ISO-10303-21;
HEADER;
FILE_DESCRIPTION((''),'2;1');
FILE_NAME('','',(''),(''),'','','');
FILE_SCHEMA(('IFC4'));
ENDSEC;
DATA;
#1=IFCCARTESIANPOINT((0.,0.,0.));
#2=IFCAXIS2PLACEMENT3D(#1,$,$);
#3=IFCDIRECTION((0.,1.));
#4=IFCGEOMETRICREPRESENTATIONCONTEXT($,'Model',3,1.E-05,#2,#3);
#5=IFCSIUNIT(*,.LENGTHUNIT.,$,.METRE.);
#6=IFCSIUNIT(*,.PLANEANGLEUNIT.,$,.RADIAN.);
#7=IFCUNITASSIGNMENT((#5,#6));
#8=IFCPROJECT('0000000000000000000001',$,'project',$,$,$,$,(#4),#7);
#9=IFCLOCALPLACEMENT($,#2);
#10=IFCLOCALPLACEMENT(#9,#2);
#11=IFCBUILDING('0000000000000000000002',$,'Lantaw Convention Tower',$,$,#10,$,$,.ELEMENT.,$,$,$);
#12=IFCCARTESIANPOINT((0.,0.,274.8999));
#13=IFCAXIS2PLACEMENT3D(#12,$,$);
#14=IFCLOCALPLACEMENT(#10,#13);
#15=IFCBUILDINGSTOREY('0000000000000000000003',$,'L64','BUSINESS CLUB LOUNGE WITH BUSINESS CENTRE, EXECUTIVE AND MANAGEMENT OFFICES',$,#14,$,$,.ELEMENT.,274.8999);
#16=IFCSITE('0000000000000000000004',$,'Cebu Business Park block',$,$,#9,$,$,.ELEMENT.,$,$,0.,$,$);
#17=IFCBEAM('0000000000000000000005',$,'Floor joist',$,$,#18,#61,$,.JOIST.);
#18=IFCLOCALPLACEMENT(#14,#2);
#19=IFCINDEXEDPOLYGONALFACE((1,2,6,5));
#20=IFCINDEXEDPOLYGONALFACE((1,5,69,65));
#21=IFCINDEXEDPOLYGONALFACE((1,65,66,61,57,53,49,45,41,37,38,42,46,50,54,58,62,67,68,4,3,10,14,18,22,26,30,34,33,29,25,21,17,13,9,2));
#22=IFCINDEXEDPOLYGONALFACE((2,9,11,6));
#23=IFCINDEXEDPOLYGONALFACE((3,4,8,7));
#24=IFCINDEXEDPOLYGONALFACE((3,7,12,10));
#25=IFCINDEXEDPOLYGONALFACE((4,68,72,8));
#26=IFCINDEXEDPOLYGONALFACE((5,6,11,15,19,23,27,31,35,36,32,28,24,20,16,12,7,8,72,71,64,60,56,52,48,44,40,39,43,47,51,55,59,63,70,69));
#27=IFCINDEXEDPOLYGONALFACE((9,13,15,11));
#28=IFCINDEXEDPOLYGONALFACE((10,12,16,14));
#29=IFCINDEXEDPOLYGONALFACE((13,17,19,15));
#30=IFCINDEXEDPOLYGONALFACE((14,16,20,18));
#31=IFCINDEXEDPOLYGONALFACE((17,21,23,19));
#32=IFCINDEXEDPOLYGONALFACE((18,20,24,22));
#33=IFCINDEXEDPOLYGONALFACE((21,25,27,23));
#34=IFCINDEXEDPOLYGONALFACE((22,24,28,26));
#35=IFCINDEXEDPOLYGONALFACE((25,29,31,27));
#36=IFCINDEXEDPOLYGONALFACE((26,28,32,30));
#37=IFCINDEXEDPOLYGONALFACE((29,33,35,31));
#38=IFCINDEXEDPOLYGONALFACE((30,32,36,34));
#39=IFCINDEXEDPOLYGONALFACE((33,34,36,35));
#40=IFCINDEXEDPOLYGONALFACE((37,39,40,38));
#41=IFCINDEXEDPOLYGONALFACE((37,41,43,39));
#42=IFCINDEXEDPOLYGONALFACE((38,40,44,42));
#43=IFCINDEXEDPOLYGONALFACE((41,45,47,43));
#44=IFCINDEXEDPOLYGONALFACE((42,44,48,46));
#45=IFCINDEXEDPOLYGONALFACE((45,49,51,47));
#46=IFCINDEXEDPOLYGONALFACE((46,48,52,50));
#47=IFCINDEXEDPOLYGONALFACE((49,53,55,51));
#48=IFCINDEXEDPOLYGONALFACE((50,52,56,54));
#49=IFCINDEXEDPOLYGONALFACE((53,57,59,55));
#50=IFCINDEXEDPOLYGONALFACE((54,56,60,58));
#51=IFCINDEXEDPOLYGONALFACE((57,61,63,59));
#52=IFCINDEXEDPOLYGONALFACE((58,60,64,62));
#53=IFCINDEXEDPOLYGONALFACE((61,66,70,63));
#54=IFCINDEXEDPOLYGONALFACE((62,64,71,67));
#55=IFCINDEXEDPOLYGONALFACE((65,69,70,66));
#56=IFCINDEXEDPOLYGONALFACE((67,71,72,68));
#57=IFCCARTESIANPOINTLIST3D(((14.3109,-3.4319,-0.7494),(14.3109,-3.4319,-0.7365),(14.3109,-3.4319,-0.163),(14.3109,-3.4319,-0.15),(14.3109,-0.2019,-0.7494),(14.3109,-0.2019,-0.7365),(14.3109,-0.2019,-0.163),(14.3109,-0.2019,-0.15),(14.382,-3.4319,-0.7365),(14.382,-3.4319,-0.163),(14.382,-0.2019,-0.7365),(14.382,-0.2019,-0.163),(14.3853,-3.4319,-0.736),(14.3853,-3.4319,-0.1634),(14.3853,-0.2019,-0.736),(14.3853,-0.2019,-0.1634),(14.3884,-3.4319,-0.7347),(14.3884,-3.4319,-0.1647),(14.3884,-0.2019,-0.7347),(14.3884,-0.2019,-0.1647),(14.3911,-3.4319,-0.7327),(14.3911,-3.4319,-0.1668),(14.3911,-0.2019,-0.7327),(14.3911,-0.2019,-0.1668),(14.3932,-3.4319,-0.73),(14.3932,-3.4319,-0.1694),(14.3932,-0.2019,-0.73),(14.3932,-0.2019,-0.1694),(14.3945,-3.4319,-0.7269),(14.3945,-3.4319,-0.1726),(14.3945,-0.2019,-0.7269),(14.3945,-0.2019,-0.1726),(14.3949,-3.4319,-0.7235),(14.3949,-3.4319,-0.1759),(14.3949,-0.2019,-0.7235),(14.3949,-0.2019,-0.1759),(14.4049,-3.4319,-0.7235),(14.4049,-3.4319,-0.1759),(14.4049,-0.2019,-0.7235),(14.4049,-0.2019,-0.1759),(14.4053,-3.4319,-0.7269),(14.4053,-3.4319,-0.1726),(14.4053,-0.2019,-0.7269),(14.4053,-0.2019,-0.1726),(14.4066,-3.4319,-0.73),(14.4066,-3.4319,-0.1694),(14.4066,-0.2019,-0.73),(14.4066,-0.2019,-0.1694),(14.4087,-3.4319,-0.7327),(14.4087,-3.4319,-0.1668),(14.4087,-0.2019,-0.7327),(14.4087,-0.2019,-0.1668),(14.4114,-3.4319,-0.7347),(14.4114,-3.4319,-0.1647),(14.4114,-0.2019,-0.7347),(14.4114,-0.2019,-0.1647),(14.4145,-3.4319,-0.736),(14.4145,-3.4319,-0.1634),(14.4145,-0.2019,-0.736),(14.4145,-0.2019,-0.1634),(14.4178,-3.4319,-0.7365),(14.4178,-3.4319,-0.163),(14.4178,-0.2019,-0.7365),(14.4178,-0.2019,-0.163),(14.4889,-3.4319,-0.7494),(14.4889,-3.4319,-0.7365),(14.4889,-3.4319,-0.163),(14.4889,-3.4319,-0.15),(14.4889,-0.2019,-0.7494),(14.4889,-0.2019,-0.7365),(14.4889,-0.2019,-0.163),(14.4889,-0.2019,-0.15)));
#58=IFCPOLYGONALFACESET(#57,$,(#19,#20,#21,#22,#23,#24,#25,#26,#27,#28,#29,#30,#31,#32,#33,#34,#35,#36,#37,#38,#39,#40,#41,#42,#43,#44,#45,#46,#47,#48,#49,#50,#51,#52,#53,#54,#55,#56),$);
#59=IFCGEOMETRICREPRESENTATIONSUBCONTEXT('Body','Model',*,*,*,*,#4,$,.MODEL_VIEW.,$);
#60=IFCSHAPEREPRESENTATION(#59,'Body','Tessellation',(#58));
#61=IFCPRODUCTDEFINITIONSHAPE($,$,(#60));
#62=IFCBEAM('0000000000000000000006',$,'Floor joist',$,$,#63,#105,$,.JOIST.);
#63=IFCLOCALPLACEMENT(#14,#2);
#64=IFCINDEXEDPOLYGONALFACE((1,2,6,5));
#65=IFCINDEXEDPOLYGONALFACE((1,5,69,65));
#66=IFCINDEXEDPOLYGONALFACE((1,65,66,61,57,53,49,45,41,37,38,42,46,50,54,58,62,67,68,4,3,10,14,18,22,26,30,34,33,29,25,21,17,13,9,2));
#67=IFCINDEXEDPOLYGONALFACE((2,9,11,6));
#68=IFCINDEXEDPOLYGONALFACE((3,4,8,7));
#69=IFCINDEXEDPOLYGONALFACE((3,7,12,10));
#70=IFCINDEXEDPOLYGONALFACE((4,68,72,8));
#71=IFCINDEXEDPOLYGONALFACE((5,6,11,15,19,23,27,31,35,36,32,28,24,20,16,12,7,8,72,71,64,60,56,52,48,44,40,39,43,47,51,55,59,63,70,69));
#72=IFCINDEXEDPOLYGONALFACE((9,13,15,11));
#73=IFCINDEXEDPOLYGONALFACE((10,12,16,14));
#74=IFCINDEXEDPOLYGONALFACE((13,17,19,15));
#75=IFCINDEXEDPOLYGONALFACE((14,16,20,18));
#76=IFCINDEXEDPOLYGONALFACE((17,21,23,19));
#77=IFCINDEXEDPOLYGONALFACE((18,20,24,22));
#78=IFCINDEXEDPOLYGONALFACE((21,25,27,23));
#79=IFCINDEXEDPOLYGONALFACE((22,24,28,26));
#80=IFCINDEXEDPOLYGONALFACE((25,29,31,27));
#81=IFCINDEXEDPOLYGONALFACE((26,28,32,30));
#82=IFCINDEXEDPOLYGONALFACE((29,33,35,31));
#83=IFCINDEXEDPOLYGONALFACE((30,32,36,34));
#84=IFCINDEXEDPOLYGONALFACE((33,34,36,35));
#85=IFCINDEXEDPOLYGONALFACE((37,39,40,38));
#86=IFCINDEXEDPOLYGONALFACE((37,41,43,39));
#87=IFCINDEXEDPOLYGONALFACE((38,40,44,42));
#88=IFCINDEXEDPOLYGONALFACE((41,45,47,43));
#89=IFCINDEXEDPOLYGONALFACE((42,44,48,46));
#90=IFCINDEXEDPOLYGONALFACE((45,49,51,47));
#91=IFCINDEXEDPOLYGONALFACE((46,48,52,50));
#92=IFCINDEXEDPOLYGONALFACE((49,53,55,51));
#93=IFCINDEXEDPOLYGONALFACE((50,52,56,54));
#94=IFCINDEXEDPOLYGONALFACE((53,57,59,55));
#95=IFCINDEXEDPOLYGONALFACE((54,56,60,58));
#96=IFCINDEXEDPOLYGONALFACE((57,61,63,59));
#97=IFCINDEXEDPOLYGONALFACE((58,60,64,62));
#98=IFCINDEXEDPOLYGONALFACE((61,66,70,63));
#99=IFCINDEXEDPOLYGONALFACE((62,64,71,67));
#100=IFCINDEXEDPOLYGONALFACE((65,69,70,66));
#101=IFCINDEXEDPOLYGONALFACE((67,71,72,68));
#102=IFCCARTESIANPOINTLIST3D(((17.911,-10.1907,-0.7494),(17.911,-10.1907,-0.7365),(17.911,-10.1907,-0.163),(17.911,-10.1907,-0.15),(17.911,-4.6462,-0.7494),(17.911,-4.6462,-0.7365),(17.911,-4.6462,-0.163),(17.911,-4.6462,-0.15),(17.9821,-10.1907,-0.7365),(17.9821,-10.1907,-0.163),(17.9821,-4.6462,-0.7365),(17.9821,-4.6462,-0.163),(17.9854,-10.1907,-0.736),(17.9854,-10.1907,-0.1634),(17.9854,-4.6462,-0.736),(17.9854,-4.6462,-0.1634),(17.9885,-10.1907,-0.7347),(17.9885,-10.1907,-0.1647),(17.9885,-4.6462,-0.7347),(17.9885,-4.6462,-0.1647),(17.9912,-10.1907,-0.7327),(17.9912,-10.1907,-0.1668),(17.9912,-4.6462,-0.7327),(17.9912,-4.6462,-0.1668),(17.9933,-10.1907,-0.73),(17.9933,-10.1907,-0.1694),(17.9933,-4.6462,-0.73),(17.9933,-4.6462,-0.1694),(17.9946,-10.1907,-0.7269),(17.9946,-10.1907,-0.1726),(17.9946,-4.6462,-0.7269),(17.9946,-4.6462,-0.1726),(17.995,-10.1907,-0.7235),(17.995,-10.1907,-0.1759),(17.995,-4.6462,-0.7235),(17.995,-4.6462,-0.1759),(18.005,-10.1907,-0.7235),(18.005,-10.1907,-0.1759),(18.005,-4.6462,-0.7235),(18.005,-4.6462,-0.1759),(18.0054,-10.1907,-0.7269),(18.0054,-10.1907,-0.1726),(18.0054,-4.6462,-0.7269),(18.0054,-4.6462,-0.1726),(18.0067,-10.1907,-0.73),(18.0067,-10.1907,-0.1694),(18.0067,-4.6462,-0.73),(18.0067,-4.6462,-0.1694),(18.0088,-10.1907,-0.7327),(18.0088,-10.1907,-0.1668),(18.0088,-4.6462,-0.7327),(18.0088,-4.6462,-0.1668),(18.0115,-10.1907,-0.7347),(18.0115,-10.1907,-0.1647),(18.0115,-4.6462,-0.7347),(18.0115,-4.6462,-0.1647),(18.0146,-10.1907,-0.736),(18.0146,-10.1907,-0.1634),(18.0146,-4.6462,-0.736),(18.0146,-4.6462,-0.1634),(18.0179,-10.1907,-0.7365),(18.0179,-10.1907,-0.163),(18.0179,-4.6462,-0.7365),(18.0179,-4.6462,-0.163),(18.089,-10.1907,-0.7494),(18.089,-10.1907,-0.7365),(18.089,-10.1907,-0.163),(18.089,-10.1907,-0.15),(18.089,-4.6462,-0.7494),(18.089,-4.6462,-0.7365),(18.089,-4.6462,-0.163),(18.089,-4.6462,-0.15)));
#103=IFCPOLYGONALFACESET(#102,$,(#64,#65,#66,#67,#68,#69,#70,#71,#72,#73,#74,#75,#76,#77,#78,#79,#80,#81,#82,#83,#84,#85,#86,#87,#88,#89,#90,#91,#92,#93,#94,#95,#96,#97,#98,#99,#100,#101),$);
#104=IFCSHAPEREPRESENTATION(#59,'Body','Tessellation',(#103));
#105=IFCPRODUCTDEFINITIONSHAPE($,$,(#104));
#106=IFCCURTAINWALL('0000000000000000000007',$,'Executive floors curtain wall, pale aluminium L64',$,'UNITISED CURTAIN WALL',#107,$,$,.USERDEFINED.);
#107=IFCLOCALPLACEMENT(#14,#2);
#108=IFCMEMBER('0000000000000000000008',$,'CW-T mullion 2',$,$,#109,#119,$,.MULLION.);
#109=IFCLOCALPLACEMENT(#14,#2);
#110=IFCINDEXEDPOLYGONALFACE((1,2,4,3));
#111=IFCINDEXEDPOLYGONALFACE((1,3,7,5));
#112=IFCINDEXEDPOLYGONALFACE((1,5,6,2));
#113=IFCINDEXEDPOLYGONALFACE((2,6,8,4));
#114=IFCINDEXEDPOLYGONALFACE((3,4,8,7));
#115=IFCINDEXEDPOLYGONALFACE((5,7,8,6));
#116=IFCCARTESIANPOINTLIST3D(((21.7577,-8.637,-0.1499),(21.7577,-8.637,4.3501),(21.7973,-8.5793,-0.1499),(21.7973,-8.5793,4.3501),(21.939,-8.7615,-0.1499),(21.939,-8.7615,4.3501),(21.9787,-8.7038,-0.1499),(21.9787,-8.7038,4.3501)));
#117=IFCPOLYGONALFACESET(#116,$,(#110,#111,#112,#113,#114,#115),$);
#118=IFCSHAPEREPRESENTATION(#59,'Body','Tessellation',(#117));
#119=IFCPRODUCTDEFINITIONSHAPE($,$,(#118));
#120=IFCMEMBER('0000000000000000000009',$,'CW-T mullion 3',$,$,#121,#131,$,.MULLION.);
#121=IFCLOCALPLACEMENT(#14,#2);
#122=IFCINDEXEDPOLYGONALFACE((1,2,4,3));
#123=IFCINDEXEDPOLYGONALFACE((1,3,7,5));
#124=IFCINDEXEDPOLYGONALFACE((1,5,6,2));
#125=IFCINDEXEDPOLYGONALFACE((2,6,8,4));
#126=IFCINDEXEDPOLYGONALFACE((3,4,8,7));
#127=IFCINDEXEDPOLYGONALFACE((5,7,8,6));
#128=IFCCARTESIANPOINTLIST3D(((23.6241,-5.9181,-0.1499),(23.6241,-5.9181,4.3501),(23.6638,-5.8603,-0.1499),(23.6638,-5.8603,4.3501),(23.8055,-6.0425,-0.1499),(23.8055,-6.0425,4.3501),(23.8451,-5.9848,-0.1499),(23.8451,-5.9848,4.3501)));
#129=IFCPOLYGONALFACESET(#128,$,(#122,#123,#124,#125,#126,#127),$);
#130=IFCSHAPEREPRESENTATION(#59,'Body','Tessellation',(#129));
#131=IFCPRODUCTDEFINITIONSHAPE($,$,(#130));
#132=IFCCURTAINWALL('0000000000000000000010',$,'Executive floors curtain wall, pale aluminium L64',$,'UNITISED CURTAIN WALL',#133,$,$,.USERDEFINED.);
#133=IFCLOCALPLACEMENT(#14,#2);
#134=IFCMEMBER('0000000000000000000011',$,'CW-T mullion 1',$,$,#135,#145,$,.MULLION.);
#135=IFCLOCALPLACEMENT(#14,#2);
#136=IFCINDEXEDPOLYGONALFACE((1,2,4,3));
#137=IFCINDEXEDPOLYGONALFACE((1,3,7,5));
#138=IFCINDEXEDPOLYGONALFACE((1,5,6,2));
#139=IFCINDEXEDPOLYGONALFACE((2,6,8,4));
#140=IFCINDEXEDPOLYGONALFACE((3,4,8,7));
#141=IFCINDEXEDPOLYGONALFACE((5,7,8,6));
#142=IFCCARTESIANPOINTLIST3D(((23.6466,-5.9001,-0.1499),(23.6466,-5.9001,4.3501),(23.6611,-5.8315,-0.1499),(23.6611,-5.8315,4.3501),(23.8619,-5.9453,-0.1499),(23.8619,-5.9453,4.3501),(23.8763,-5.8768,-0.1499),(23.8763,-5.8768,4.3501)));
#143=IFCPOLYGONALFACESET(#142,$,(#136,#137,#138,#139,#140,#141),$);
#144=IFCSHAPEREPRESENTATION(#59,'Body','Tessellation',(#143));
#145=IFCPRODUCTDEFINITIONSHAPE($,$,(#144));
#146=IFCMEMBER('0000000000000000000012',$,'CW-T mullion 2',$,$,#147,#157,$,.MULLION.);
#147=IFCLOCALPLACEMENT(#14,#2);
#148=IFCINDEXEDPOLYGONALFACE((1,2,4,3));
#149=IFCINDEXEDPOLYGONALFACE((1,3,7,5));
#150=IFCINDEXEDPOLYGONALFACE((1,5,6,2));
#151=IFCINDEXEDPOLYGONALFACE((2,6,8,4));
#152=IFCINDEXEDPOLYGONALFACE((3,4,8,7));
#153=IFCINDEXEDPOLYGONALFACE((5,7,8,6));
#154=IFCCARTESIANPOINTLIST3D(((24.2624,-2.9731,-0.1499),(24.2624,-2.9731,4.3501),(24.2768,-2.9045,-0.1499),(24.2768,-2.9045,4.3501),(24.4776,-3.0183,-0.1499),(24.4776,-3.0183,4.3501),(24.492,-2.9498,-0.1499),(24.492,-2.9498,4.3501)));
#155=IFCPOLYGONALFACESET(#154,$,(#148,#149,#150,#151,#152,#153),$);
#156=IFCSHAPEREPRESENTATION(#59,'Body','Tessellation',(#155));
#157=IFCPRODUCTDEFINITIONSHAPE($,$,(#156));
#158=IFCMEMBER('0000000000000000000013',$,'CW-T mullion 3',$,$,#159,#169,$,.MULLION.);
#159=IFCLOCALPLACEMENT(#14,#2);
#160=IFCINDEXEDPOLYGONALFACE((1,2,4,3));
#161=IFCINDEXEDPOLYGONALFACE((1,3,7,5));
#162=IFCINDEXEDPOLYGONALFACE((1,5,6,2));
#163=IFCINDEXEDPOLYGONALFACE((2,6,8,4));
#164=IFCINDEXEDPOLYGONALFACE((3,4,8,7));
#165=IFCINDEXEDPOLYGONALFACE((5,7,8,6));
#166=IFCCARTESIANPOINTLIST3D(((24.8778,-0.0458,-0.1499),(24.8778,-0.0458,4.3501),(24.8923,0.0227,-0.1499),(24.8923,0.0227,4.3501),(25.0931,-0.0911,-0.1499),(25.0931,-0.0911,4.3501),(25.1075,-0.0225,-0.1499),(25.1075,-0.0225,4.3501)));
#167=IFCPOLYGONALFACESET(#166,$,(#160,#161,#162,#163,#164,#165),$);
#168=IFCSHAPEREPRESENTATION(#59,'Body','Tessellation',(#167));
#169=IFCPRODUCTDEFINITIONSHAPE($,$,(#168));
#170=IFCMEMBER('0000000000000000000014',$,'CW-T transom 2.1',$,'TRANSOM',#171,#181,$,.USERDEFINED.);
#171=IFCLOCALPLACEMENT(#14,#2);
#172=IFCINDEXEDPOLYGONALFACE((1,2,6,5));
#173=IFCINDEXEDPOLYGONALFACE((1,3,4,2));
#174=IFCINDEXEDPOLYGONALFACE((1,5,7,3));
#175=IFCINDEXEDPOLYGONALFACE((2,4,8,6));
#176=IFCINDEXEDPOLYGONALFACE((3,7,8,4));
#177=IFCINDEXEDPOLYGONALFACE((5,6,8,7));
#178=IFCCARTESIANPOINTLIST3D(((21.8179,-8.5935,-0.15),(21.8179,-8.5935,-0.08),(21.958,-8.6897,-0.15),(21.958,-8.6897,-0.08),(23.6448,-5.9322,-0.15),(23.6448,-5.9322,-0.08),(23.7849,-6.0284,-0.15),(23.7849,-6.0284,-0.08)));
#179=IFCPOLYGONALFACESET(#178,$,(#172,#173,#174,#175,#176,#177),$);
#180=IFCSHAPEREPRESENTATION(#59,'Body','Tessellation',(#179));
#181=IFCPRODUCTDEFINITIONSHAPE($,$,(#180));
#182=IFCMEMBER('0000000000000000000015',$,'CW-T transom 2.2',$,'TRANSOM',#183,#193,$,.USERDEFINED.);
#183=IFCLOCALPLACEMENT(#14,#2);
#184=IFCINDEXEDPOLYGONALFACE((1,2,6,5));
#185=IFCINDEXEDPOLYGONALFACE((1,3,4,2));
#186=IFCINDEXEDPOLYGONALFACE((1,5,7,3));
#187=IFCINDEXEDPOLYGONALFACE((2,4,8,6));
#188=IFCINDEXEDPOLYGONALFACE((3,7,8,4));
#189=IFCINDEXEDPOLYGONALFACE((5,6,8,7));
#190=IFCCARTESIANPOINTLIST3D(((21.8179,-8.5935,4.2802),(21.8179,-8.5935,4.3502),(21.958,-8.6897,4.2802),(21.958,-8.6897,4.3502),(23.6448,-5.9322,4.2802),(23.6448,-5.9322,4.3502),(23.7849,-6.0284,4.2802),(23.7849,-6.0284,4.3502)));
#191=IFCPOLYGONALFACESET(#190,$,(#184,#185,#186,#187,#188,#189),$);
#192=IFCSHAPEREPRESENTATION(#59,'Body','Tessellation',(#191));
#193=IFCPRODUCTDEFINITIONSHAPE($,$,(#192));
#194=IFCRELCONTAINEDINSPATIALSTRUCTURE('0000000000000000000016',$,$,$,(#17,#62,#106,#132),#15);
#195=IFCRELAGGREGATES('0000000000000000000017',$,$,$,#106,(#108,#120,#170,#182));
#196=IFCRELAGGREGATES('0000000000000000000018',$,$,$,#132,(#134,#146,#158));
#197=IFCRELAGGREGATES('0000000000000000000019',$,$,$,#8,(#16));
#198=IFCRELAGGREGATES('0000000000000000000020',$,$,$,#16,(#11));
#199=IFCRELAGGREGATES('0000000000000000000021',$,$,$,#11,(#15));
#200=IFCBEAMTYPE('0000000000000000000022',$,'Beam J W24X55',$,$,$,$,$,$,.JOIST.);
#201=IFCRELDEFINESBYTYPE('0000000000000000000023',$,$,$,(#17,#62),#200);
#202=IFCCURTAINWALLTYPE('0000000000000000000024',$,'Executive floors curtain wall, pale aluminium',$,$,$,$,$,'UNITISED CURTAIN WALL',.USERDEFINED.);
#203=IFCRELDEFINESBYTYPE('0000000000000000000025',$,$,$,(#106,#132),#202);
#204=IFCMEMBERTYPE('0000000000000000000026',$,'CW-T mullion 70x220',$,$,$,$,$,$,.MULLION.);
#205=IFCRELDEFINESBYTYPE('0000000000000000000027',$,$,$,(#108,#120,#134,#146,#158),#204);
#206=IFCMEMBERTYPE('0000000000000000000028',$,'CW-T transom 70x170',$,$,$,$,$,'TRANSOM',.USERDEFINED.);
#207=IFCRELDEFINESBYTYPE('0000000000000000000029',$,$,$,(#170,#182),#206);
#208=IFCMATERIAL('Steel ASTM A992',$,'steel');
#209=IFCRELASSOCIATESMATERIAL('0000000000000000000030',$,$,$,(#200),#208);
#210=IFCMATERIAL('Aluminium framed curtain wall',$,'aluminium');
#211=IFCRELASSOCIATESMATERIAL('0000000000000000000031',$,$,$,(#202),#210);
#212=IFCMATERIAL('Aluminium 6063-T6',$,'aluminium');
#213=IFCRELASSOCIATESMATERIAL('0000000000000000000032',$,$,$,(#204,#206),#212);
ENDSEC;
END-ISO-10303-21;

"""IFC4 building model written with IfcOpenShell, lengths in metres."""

from ifc_helpers import new_model, si_unit, direction, frame, origin, origin_2d, place, context, subcontext, project, spatial, rectangle, i_section, extrude, material, material_profile, profile_set, type_object, element, aggregate, save


model = new_model("IFC4")

# Units and contexts
model_context = context("Model", 3, precision=1e-05, world=origin(), true_north=direction((0.0, 1.0)))
body_context = subcontext(model_context, "Body", "Model", "MODEL_VIEW")
ifc_project = project(units=[si_unit("LENGTHUNIT", "METRE"), si_unit("PLANEANGLEUNIT", "RADIAN")], contexts=[model_context])

# Site, building, storey
site_placement = place(None, origin())
site = spatial("IfcSite", under=ifc_project, at=site_placement, Name="Cebu Business Park block", CompositionType="ELEMENT", RefElevation=0.0)
building_placement = place(site_placement, origin())
building = spatial("IfcBuilding", under=site, at=building_placement, Name="Lantaw Convention Tower", CompositionType="ELEMENT")
storey_placement = place(building_placement, frame((0.0, 0.0, 274.8999)))
storey = spatial("IfcBuildingStorey", under=building, at=storey_placement, Name="L64", Description="BUSINESS CLUB LOUNGE WITH BUSINESS CENTRE, EXECUTIVE AND MANAGEMENT OFFICES", CompositionType="ELEMENT", Elevation=274.8999)

# Beams
ifc_material_1 = material(Name="Steel ASTM A992", Category="steel")
ifc_material_profile_1 = material_profile(ifc_material_1, i_section(OverallWidth=0.178, OverallDepth=0.5994, WebThickness=0.01, FlangeThickness=0.0129, FilletRadius=0.0129, at=origin_2d()), Name="W24X55")
ifc_profile_set_1 = profile_set([ifc_material_profile_1], Name="Steel ASTM A992")
beam_type_1 = type_object("IfcBeamType", Name="Beam J W24X55", PredefinedType="JOIST", material=ifc_profile_set_1)
beam_1_placement = place(storey_placement, frame((14.3999, -3.4319, -0.4497), z_axis=(0.0, 1.0, 0.0), x_axis=(-1.0, 0.0, 0.0)))
element("IfcBeam", 1, at=beam_1_placement, inside=storey, type_object=beam_type_1, Name="Floor joist", PredefinedType="JOIST", context=body_context, shape_type="SweptSolid", body=[
    extrude(i_section(OverallWidth=0.178, OverallDepth=0.5994, WebThickness=0.01, FlangeThickness=0.0129, FilletRadius=0.0129, at=origin_2d()), origin(), (0.0, 0.0, 1.0), 3.23),
])
beam_2_placement = place(storey_placement, frame((18.0, -10.1907, -0.4497), z_axis=(0.0, 1.0, 0.0), x_axis=(-1.0, 0.0, 0.0)))
element("IfcBeam", 2, at=beam_2_placement, inside=storey, type_object=beam_type_1, Name="Floor joist", PredefinedType="JOIST", context=body_context, shape_type="SweptSolid", body=[
    extrude(i_section(OverallWidth=0.178, OverallDepth=0.5994, WebThickness=0.01, FlangeThickness=0.0129, FilletRadius=0.0129, at=origin_2d()), origin(), (0.0, 0.0, 1.0), 5.5444),
])

# Curtain walls, members
ifc_material_2 = material(Name="Aluminium framed curtain wall", Category="aluminium")
curtain_wall_type = type_object("IfcCurtainWallType", Name="Executive floors curtain wall, pale aluminium", ElementType="UNITISED CURTAIN WALL", PredefinedType="USERDEFINED", material=ifc_material_2)
curtain_wall_1_placement = place(storey_placement, origin())
curtain_wall_1 = element("IfcCurtainWall", 3, at=curtain_wall_1_placement, inside=storey, type_object=curtain_wall_type, Name="Executive floors curtain wall, pale aluminium L64", ObjectType="UNITISED CURTAIN WALL", PredefinedType="USERDEFINED")
ifc_material_3 = material(Name="Aluminium 6063-T6", Category="aluminium")
ifc_material_profile_2 = material_profile(ifc_material_3, rectangle(XDim=0.22, YDim=0.0701, at=origin_2d()), Name="CW-T mullion 70x220")
ifc_profile_set_2 = profile_set([ifc_material_profile_2], Name="Aluminium 6063-T6")
member_type_1 = type_object("IfcMemberType", Name="CW-T mullion 70x220", PredefinedType="MULLION", material=ifc_profile_set_2)
member_1_placement = place(storey_placement, frame((21.8682, -8.6704, -0.1499), z_axis=(0.0, 0.0, 1.0), x_axis=(-0.82445, 0.565935, 0.0)))
member_1 = element("IfcMember", 4, at=member_1_placement, type_object=member_type_1, Name="CW-T mullion 2", PredefinedType="MULLION", context=body_context, shape_type="SweptSolid", body=[
    extrude(rectangle(XDim=0.22, YDim=0.0701, at=origin_2d()), origin(), (0.0, 0.0, 1.0), 4.5),
])
member_2_placement = place(storey_placement, frame((23.7346, -5.9514, -0.1499), z_axis=(0.0, 0.0, 1.0), x_axis=(-0.82445, 0.565935, 0.0)))
member_2 = element("IfcMember", 5, at=member_2_placement, type_object=member_type_1, Name="CW-T mullion 3", PredefinedType="MULLION", context=body_context, shape_type="SweptSolid", body=[
    extrude(rectangle(XDim=0.22, YDim=0.0701, at=origin_2d()), origin(), (0.0, 0.0, 1.0), 4.5),
])
curtain_wall_2_placement = place(storey_placement, origin())
curtain_wall_2 = element("IfcCurtainWall", 6, at=curtain_wall_2_placement, inside=storey, type_object=curtain_wall_type, Name="Executive floors curtain wall, pale aluminium L64", ObjectType="UNITISED CURTAIN WALL", PredefinedType="USERDEFINED")
member_3_placement = place(storey_placement, frame((23.7615, -5.8884, -0.1499), z_axis=(0.0, 0.0, 1.0), x_axis=(-0.978591, 0.205814, 0.0)))
member_3 = element("IfcMember", 7, at=member_3_placement, type_object=member_type_1, Name="CW-T mullion 1", PredefinedType="MULLION", context=body_context, shape_type="SweptSolid", body=[
    extrude(rectangle(XDim=0.22, YDim=0.0701, at=origin_2d()), origin(), (0.0, 0.0, 1.0), 4.5),
])
member_4_placement = place(storey_placement, frame((24.3772, -2.9614, -0.1499), z_axis=(0.0, 0.0, 1.0), x_axis=(-0.978591, 0.205814, 0.0)))
member_4 = element("IfcMember", 8, at=member_4_placement, type_object=member_type_1, Name="CW-T mullion 2", PredefinedType="MULLION", context=body_context, shape_type="SweptSolid", body=[
    extrude(rectangle(XDim=0.22, YDim=0.0701, at=origin_2d()), origin(), (0.0, 0.0, 1.0), 4.5),
])
member_5_placement = place(storey_placement, frame((24.9927, -0.0342, -0.1499), z_axis=(0.0, 0.0, 1.0), x_axis=(-0.978591, 0.205814, 0.0)))
member_5 = element("IfcMember", 9, at=member_5_placement, type_object=member_type_1, Name="CW-T mullion 3", PredefinedType="MULLION", context=body_context, shape_type="SweptSolid", body=[
    extrude(rectangle(XDim=0.22, YDim=0.0701, at=origin_2d()), origin(), (0.0, 0.0, 1.0), 4.5),
])

# Members
ifc_material_profile_3 = material_profile(ifc_material_3, rectangle(XDim=0.1699, YDim=0.0701, at=origin_2d()), Name="CW-T transom 70x170")
ifc_profile_set_3 = profile_set([ifc_material_profile_3], Name="Aluminium 6063-T6")
member_type_2 = type_object("IfcMemberType", Name="CW-T transom 70x170", ElementType="TRANSOM", PredefinedType="USERDEFINED", material=ifc_profile_set_3)
member_6_placement = place(storey_placement, frame((21.8879, -8.6416, -0.115), z_axis=(0.565941, 0.824446, 0.0), x_axis=(-0.824446, 0.565941, 0.0)))
member_6 = element("IfcMember", 10, at=member_6_placement, type_object=member_type_2, Name="CW-T transom 2.1", ObjectType="TRANSOM", PredefinedType="USERDEFINED", context=body_context, shape_type="SweptSolid", body=[
    extrude(rectangle(XDim=0.1699, YDim=0.0701, at=origin_2d()), origin(), (0.0, 0.0, 1.0), 3.228),
])
member_7_placement = place(storey_placement, frame((21.8879, -8.6416, 4.3152), z_axis=(0.565941, 0.824446, 0.0), x_axis=(-0.824446, 0.565941, 0.0)))
member_7 = element("IfcMember", 11, at=member_7_placement, type_object=member_type_2, Name="CW-T transom 2.2", ObjectType="TRANSOM", PredefinedType="USERDEFINED", context=body_context, shape_type="SweptSolid", body=[
    extrude(rectangle(XDim=0.1699, YDim=0.0701, at=origin_2d()), origin(), (0.0, 0.0, 1.0), 3.228),
])

aggregate(curtain_wall_1, [member_1, member_2, member_6, member_7])
aggregate(curtain_wall_2, [member_3, member_4, member_5])

save(model, "model.ifc")
